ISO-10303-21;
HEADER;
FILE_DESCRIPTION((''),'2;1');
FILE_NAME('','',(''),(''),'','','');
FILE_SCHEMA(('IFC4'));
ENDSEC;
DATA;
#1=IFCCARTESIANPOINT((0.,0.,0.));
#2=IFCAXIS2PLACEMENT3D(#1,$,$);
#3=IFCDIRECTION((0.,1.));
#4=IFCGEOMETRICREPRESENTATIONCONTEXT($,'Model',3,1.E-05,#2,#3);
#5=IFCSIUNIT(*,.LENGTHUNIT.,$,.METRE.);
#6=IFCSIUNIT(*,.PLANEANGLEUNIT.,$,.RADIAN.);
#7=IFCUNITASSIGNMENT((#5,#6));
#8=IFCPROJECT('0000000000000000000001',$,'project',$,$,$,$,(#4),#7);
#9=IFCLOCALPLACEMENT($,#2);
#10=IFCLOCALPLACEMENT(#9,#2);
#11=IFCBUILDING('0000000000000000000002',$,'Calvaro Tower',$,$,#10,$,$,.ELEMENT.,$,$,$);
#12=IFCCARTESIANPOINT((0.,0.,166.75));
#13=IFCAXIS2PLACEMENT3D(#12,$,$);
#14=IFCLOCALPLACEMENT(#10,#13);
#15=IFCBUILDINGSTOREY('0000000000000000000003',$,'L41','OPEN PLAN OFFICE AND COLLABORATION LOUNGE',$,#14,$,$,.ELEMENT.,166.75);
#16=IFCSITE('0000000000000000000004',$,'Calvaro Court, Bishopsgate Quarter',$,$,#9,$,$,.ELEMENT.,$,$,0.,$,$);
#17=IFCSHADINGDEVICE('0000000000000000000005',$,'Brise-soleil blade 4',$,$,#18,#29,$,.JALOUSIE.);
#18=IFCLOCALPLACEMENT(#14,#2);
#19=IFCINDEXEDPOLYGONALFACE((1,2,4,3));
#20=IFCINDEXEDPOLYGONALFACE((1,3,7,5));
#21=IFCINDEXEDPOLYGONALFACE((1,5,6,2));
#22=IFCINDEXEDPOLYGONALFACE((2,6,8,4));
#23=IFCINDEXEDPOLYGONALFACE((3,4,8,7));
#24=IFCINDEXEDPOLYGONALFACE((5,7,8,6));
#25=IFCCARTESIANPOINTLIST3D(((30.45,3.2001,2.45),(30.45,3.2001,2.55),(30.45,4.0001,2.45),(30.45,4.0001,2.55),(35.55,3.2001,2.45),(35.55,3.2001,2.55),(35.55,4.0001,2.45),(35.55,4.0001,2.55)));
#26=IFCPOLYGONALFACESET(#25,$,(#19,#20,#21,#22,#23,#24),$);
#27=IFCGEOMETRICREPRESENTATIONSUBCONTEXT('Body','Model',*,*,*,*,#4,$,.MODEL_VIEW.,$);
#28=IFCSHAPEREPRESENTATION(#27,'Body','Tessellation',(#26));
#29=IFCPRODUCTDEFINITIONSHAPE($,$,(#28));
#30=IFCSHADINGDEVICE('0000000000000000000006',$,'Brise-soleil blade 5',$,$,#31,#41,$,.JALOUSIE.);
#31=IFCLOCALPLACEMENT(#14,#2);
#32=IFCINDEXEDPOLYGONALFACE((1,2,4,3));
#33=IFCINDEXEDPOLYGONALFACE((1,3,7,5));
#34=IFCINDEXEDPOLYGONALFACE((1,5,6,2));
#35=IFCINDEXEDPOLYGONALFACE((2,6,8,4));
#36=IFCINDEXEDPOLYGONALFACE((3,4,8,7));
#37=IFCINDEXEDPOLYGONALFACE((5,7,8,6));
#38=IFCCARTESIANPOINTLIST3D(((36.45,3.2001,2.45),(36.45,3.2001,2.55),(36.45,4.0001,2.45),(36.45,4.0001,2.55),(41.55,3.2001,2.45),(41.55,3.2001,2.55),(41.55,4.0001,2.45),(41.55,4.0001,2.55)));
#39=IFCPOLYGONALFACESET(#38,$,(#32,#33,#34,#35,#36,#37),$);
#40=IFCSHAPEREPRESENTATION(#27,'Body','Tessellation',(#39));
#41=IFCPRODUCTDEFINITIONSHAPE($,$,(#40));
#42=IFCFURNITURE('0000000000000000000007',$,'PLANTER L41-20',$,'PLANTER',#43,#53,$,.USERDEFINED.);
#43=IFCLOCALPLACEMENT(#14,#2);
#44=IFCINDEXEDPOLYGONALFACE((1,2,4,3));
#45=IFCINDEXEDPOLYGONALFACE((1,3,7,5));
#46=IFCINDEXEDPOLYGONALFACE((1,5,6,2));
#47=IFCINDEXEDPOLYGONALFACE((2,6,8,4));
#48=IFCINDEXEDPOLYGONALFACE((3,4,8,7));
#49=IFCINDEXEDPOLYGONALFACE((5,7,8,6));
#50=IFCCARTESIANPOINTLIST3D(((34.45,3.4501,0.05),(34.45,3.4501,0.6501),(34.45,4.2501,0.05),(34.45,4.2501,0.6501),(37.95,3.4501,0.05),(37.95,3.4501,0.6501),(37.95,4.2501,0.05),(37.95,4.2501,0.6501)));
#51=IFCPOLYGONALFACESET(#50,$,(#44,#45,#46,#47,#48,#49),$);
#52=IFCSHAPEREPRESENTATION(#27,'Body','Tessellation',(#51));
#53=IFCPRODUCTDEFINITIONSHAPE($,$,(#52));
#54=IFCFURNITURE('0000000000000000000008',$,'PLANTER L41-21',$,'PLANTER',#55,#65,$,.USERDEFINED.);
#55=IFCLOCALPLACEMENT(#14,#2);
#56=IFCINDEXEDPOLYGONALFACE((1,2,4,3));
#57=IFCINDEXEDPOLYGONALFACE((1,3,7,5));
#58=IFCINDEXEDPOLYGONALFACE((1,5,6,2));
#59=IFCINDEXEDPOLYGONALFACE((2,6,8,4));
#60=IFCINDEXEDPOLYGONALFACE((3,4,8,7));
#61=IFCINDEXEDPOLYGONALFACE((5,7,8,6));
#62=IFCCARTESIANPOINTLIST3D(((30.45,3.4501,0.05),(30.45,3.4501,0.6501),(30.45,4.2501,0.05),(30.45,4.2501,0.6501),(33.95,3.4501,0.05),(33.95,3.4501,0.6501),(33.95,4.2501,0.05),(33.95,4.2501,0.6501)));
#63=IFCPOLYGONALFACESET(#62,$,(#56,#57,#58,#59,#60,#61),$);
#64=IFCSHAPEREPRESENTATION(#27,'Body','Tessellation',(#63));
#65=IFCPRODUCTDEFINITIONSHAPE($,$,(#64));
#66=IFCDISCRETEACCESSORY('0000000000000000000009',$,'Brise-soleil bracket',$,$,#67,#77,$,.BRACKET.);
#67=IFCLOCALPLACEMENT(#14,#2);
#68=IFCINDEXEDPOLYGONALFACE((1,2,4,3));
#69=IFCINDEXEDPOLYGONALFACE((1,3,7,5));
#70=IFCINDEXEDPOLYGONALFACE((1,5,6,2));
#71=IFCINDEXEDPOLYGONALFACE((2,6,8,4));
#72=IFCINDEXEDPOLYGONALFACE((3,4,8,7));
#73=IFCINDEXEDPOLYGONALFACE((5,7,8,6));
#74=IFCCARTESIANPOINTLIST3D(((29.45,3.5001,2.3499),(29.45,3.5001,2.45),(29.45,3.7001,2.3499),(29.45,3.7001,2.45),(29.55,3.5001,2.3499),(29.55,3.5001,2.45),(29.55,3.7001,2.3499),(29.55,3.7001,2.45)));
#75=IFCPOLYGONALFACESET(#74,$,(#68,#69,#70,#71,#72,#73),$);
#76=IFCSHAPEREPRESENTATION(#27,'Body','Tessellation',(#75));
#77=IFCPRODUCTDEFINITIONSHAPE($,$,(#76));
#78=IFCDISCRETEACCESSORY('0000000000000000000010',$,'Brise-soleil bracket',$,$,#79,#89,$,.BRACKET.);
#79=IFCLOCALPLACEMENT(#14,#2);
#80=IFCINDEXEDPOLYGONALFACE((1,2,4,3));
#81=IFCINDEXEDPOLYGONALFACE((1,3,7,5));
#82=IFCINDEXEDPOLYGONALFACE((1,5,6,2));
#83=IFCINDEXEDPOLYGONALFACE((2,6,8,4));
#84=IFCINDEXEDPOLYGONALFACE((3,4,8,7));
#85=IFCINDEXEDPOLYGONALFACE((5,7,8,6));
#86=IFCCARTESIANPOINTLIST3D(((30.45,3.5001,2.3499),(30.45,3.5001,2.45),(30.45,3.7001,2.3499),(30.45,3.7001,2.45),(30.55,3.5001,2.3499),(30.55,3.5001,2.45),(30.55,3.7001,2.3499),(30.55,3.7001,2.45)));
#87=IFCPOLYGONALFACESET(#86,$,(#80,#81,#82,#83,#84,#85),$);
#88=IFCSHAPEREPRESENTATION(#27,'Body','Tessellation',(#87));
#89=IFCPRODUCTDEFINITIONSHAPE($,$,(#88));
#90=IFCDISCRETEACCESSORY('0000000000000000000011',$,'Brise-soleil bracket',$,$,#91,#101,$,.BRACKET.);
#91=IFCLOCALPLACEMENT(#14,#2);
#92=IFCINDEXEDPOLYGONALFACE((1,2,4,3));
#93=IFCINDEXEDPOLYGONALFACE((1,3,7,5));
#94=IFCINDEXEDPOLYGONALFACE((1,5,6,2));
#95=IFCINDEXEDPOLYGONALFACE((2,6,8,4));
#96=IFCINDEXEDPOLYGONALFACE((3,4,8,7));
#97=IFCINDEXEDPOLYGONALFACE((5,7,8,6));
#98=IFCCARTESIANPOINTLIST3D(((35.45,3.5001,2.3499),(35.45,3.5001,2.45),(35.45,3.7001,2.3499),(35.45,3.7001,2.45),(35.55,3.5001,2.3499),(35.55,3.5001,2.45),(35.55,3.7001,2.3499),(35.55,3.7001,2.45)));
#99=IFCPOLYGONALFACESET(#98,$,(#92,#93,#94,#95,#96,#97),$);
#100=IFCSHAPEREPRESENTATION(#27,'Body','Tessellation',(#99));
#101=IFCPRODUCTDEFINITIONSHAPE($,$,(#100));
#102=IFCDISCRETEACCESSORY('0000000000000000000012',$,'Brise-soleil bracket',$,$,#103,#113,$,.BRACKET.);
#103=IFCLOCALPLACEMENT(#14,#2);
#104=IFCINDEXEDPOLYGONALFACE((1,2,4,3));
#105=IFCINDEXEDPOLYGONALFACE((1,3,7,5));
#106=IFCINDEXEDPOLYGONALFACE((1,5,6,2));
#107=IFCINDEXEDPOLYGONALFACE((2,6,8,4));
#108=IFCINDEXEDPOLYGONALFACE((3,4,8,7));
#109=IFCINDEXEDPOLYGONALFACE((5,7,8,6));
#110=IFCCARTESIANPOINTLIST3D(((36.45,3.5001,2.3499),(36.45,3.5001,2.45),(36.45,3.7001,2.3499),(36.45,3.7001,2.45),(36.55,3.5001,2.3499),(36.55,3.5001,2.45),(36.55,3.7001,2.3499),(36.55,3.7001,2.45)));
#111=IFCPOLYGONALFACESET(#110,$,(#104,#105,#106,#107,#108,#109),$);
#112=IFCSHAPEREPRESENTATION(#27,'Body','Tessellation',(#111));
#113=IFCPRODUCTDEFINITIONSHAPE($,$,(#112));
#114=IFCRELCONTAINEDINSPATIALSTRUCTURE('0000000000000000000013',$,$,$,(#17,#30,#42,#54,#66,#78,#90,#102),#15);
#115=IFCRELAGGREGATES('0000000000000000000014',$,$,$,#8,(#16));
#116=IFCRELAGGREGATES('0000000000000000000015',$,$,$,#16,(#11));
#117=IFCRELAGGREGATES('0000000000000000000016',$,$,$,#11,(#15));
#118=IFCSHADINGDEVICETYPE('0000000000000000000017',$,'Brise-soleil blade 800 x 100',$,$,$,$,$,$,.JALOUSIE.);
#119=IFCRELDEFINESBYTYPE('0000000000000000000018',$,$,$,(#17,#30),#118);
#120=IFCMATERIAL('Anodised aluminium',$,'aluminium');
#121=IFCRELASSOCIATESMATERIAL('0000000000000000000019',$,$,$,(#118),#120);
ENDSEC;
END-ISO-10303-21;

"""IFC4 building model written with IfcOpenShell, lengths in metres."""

from ifc_helpers import new_model, si_unit, direction, frame, origin, origin_2d, place, context, subcontext, project, spatial, rectangle, extrude, material, material_profile, profile_set, type_object, element, save


model = new_model("IFC4")

# Units and contexts
model_context = context("Model", 3, precision=1e-05, world=origin(), true_north=direction((0.0, 1.0)))
body_context = subcontext(model_context, "Body", "Model", "MODEL_VIEW")
ifc_project = project(units=[si_unit("LENGTHUNIT", "METRE"), si_unit("PLANEANGLEUNIT", "RADIAN")], contexts=[model_context])

# Site, building, storey
site_placement = place(None, origin())
site = spatial("IfcSite", under=ifc_project, at=site_placement, Name="Calvaro Court, Bishopsgate Quarter", CompositionType="ELEMENT", RefElevation=0.0)
building_placement = place(site_placement, origin())
building = spatial("IfcBuilding", under=site, at=building_placement, Name="Calvaro Tower", CompositionType="ELEMENT")
storey_placement = place(building_placement, frame((0.0, 0.0, 166.75)))
storey = spatial("IfcBuildingStorey", under=building, at=storey_placement, Name="L41", Description="OPEN PLAN OFFICE AND COLLABORATION LOUNGE", CompositionType="ELEMENT", Elevation=166.75)

# Shading devices
ifc_material_1 = material(Name="Anodised aluminium", Category="aluminium")
ifc_material_profile_1 = material_profile(ifc_material_1, rectangle(XDim=0.8, YDim=0.1001, at=origin_2d()), Name="Brise-soleil blade 800 x 100")
ifc_profile_set_1 = profile_set([ifc_material_profile_1], Name="Anodised aluminium")
shading_device_type = type_object("IfcShadingDeviceType", Name="Brise-soleil blade 800 x 100", PredefinedType="JALOUSIE", material=ifc_profile_set_1)
for number, where, z_axis, x_axis, name in (
    (1, (30.45, 3.6001, 2.5), (1.0, 0.0, 0.0), (0.0, 1.0, 0.0), "Brise-soleil blade 4"),
    (2, (36.45, 3.6001, 2.5), (1.0, 0.0, 0.0), (0.0, 1.0, 0.0), "Brise-soleil blade 5"),
):
    element("IfcShadingDevice", number, at=place(storey_placement, frame(where, z_axis=z_axis, x_axis=x_axis)), inside=storey, type_object=shading_device_type, Name=name, PredefinedType="JALOUSIE", context=body_context, shape_type="SweptSolid", body=[
        extrude(rectangle(XDim=0.8, YDim=0.1001, at=origin_2d()), origin(), (0.0, 0.0, 1.0), 5.1001),
    ])

# Furniture
for number, where, z_axis, x_axis, name in (
    (3, (36.2, 3.8501, 0.05), (0.0, 0.0, 1.0), (1.0, 0.0, 0.0), "PLANTER L41-20"),
    (4, (32.2, 3.8501, 0.05), (0.0, 0.0, 1.0), (1.0, 0.0, 0.0), "PLANTER L41-21"),
):
    element("IfcFurniture", number, at=place(storey_placement, frame(where, z_axis=z_axis, x_axis=x_axis)), inside=storey, Name=name, ObjectType="PLANTER", PredefinedType="USERDEFINED", context=body_context, shape_type="SweptSolid", body=[
        extrude(rectangle(XDim=3.5, YDim=0.8, at=origin_2d()), origin(), (0.0, 0.0, 1.0), 0.6001),
    ])

# Discrete accessories
for number, where, z_axis, x_axis, name in (
    (5, (29.5, 3.6001, 2.3499), (0.0, 0.0, 1.0), (1.0, 0.0, 0.0), "Brise-soleil bracket"),
    (6, (30.5, 3.6001, 2.3499), (0.0, 0.0, 1.0), (1.0, 0.0, 0.0), "Brise-soleil bracket"),
    (7, (35.5, 3.6001, 2.3499), (0.0, 0.0, 1.0), (1.0, 0.0, 0.0), "Brise-soleil bracket"),
    (8, (36.5, 3.6001, 2.3499), (0.0, 0.0, 1.0), (1.0, 0.0, 0.0), "Brise-soleil bracket"),
):
    element("IfcDiscreteAccessory", number, at=place(storey_placement, frame(where, z_axis=z_axis, x_axis=x_axis)), inside=storey, Name=name, PredefinedType="BRACKET", context=body_context, shape_type="SweptSolid", body=[
        extrude(rectangle(XDim=0.1001, YDim=0.2, at=origin_2d()), origin(), (0.0, 0.0, 1.0), 0.1001),
    ])

save(model, "model.ifc")
